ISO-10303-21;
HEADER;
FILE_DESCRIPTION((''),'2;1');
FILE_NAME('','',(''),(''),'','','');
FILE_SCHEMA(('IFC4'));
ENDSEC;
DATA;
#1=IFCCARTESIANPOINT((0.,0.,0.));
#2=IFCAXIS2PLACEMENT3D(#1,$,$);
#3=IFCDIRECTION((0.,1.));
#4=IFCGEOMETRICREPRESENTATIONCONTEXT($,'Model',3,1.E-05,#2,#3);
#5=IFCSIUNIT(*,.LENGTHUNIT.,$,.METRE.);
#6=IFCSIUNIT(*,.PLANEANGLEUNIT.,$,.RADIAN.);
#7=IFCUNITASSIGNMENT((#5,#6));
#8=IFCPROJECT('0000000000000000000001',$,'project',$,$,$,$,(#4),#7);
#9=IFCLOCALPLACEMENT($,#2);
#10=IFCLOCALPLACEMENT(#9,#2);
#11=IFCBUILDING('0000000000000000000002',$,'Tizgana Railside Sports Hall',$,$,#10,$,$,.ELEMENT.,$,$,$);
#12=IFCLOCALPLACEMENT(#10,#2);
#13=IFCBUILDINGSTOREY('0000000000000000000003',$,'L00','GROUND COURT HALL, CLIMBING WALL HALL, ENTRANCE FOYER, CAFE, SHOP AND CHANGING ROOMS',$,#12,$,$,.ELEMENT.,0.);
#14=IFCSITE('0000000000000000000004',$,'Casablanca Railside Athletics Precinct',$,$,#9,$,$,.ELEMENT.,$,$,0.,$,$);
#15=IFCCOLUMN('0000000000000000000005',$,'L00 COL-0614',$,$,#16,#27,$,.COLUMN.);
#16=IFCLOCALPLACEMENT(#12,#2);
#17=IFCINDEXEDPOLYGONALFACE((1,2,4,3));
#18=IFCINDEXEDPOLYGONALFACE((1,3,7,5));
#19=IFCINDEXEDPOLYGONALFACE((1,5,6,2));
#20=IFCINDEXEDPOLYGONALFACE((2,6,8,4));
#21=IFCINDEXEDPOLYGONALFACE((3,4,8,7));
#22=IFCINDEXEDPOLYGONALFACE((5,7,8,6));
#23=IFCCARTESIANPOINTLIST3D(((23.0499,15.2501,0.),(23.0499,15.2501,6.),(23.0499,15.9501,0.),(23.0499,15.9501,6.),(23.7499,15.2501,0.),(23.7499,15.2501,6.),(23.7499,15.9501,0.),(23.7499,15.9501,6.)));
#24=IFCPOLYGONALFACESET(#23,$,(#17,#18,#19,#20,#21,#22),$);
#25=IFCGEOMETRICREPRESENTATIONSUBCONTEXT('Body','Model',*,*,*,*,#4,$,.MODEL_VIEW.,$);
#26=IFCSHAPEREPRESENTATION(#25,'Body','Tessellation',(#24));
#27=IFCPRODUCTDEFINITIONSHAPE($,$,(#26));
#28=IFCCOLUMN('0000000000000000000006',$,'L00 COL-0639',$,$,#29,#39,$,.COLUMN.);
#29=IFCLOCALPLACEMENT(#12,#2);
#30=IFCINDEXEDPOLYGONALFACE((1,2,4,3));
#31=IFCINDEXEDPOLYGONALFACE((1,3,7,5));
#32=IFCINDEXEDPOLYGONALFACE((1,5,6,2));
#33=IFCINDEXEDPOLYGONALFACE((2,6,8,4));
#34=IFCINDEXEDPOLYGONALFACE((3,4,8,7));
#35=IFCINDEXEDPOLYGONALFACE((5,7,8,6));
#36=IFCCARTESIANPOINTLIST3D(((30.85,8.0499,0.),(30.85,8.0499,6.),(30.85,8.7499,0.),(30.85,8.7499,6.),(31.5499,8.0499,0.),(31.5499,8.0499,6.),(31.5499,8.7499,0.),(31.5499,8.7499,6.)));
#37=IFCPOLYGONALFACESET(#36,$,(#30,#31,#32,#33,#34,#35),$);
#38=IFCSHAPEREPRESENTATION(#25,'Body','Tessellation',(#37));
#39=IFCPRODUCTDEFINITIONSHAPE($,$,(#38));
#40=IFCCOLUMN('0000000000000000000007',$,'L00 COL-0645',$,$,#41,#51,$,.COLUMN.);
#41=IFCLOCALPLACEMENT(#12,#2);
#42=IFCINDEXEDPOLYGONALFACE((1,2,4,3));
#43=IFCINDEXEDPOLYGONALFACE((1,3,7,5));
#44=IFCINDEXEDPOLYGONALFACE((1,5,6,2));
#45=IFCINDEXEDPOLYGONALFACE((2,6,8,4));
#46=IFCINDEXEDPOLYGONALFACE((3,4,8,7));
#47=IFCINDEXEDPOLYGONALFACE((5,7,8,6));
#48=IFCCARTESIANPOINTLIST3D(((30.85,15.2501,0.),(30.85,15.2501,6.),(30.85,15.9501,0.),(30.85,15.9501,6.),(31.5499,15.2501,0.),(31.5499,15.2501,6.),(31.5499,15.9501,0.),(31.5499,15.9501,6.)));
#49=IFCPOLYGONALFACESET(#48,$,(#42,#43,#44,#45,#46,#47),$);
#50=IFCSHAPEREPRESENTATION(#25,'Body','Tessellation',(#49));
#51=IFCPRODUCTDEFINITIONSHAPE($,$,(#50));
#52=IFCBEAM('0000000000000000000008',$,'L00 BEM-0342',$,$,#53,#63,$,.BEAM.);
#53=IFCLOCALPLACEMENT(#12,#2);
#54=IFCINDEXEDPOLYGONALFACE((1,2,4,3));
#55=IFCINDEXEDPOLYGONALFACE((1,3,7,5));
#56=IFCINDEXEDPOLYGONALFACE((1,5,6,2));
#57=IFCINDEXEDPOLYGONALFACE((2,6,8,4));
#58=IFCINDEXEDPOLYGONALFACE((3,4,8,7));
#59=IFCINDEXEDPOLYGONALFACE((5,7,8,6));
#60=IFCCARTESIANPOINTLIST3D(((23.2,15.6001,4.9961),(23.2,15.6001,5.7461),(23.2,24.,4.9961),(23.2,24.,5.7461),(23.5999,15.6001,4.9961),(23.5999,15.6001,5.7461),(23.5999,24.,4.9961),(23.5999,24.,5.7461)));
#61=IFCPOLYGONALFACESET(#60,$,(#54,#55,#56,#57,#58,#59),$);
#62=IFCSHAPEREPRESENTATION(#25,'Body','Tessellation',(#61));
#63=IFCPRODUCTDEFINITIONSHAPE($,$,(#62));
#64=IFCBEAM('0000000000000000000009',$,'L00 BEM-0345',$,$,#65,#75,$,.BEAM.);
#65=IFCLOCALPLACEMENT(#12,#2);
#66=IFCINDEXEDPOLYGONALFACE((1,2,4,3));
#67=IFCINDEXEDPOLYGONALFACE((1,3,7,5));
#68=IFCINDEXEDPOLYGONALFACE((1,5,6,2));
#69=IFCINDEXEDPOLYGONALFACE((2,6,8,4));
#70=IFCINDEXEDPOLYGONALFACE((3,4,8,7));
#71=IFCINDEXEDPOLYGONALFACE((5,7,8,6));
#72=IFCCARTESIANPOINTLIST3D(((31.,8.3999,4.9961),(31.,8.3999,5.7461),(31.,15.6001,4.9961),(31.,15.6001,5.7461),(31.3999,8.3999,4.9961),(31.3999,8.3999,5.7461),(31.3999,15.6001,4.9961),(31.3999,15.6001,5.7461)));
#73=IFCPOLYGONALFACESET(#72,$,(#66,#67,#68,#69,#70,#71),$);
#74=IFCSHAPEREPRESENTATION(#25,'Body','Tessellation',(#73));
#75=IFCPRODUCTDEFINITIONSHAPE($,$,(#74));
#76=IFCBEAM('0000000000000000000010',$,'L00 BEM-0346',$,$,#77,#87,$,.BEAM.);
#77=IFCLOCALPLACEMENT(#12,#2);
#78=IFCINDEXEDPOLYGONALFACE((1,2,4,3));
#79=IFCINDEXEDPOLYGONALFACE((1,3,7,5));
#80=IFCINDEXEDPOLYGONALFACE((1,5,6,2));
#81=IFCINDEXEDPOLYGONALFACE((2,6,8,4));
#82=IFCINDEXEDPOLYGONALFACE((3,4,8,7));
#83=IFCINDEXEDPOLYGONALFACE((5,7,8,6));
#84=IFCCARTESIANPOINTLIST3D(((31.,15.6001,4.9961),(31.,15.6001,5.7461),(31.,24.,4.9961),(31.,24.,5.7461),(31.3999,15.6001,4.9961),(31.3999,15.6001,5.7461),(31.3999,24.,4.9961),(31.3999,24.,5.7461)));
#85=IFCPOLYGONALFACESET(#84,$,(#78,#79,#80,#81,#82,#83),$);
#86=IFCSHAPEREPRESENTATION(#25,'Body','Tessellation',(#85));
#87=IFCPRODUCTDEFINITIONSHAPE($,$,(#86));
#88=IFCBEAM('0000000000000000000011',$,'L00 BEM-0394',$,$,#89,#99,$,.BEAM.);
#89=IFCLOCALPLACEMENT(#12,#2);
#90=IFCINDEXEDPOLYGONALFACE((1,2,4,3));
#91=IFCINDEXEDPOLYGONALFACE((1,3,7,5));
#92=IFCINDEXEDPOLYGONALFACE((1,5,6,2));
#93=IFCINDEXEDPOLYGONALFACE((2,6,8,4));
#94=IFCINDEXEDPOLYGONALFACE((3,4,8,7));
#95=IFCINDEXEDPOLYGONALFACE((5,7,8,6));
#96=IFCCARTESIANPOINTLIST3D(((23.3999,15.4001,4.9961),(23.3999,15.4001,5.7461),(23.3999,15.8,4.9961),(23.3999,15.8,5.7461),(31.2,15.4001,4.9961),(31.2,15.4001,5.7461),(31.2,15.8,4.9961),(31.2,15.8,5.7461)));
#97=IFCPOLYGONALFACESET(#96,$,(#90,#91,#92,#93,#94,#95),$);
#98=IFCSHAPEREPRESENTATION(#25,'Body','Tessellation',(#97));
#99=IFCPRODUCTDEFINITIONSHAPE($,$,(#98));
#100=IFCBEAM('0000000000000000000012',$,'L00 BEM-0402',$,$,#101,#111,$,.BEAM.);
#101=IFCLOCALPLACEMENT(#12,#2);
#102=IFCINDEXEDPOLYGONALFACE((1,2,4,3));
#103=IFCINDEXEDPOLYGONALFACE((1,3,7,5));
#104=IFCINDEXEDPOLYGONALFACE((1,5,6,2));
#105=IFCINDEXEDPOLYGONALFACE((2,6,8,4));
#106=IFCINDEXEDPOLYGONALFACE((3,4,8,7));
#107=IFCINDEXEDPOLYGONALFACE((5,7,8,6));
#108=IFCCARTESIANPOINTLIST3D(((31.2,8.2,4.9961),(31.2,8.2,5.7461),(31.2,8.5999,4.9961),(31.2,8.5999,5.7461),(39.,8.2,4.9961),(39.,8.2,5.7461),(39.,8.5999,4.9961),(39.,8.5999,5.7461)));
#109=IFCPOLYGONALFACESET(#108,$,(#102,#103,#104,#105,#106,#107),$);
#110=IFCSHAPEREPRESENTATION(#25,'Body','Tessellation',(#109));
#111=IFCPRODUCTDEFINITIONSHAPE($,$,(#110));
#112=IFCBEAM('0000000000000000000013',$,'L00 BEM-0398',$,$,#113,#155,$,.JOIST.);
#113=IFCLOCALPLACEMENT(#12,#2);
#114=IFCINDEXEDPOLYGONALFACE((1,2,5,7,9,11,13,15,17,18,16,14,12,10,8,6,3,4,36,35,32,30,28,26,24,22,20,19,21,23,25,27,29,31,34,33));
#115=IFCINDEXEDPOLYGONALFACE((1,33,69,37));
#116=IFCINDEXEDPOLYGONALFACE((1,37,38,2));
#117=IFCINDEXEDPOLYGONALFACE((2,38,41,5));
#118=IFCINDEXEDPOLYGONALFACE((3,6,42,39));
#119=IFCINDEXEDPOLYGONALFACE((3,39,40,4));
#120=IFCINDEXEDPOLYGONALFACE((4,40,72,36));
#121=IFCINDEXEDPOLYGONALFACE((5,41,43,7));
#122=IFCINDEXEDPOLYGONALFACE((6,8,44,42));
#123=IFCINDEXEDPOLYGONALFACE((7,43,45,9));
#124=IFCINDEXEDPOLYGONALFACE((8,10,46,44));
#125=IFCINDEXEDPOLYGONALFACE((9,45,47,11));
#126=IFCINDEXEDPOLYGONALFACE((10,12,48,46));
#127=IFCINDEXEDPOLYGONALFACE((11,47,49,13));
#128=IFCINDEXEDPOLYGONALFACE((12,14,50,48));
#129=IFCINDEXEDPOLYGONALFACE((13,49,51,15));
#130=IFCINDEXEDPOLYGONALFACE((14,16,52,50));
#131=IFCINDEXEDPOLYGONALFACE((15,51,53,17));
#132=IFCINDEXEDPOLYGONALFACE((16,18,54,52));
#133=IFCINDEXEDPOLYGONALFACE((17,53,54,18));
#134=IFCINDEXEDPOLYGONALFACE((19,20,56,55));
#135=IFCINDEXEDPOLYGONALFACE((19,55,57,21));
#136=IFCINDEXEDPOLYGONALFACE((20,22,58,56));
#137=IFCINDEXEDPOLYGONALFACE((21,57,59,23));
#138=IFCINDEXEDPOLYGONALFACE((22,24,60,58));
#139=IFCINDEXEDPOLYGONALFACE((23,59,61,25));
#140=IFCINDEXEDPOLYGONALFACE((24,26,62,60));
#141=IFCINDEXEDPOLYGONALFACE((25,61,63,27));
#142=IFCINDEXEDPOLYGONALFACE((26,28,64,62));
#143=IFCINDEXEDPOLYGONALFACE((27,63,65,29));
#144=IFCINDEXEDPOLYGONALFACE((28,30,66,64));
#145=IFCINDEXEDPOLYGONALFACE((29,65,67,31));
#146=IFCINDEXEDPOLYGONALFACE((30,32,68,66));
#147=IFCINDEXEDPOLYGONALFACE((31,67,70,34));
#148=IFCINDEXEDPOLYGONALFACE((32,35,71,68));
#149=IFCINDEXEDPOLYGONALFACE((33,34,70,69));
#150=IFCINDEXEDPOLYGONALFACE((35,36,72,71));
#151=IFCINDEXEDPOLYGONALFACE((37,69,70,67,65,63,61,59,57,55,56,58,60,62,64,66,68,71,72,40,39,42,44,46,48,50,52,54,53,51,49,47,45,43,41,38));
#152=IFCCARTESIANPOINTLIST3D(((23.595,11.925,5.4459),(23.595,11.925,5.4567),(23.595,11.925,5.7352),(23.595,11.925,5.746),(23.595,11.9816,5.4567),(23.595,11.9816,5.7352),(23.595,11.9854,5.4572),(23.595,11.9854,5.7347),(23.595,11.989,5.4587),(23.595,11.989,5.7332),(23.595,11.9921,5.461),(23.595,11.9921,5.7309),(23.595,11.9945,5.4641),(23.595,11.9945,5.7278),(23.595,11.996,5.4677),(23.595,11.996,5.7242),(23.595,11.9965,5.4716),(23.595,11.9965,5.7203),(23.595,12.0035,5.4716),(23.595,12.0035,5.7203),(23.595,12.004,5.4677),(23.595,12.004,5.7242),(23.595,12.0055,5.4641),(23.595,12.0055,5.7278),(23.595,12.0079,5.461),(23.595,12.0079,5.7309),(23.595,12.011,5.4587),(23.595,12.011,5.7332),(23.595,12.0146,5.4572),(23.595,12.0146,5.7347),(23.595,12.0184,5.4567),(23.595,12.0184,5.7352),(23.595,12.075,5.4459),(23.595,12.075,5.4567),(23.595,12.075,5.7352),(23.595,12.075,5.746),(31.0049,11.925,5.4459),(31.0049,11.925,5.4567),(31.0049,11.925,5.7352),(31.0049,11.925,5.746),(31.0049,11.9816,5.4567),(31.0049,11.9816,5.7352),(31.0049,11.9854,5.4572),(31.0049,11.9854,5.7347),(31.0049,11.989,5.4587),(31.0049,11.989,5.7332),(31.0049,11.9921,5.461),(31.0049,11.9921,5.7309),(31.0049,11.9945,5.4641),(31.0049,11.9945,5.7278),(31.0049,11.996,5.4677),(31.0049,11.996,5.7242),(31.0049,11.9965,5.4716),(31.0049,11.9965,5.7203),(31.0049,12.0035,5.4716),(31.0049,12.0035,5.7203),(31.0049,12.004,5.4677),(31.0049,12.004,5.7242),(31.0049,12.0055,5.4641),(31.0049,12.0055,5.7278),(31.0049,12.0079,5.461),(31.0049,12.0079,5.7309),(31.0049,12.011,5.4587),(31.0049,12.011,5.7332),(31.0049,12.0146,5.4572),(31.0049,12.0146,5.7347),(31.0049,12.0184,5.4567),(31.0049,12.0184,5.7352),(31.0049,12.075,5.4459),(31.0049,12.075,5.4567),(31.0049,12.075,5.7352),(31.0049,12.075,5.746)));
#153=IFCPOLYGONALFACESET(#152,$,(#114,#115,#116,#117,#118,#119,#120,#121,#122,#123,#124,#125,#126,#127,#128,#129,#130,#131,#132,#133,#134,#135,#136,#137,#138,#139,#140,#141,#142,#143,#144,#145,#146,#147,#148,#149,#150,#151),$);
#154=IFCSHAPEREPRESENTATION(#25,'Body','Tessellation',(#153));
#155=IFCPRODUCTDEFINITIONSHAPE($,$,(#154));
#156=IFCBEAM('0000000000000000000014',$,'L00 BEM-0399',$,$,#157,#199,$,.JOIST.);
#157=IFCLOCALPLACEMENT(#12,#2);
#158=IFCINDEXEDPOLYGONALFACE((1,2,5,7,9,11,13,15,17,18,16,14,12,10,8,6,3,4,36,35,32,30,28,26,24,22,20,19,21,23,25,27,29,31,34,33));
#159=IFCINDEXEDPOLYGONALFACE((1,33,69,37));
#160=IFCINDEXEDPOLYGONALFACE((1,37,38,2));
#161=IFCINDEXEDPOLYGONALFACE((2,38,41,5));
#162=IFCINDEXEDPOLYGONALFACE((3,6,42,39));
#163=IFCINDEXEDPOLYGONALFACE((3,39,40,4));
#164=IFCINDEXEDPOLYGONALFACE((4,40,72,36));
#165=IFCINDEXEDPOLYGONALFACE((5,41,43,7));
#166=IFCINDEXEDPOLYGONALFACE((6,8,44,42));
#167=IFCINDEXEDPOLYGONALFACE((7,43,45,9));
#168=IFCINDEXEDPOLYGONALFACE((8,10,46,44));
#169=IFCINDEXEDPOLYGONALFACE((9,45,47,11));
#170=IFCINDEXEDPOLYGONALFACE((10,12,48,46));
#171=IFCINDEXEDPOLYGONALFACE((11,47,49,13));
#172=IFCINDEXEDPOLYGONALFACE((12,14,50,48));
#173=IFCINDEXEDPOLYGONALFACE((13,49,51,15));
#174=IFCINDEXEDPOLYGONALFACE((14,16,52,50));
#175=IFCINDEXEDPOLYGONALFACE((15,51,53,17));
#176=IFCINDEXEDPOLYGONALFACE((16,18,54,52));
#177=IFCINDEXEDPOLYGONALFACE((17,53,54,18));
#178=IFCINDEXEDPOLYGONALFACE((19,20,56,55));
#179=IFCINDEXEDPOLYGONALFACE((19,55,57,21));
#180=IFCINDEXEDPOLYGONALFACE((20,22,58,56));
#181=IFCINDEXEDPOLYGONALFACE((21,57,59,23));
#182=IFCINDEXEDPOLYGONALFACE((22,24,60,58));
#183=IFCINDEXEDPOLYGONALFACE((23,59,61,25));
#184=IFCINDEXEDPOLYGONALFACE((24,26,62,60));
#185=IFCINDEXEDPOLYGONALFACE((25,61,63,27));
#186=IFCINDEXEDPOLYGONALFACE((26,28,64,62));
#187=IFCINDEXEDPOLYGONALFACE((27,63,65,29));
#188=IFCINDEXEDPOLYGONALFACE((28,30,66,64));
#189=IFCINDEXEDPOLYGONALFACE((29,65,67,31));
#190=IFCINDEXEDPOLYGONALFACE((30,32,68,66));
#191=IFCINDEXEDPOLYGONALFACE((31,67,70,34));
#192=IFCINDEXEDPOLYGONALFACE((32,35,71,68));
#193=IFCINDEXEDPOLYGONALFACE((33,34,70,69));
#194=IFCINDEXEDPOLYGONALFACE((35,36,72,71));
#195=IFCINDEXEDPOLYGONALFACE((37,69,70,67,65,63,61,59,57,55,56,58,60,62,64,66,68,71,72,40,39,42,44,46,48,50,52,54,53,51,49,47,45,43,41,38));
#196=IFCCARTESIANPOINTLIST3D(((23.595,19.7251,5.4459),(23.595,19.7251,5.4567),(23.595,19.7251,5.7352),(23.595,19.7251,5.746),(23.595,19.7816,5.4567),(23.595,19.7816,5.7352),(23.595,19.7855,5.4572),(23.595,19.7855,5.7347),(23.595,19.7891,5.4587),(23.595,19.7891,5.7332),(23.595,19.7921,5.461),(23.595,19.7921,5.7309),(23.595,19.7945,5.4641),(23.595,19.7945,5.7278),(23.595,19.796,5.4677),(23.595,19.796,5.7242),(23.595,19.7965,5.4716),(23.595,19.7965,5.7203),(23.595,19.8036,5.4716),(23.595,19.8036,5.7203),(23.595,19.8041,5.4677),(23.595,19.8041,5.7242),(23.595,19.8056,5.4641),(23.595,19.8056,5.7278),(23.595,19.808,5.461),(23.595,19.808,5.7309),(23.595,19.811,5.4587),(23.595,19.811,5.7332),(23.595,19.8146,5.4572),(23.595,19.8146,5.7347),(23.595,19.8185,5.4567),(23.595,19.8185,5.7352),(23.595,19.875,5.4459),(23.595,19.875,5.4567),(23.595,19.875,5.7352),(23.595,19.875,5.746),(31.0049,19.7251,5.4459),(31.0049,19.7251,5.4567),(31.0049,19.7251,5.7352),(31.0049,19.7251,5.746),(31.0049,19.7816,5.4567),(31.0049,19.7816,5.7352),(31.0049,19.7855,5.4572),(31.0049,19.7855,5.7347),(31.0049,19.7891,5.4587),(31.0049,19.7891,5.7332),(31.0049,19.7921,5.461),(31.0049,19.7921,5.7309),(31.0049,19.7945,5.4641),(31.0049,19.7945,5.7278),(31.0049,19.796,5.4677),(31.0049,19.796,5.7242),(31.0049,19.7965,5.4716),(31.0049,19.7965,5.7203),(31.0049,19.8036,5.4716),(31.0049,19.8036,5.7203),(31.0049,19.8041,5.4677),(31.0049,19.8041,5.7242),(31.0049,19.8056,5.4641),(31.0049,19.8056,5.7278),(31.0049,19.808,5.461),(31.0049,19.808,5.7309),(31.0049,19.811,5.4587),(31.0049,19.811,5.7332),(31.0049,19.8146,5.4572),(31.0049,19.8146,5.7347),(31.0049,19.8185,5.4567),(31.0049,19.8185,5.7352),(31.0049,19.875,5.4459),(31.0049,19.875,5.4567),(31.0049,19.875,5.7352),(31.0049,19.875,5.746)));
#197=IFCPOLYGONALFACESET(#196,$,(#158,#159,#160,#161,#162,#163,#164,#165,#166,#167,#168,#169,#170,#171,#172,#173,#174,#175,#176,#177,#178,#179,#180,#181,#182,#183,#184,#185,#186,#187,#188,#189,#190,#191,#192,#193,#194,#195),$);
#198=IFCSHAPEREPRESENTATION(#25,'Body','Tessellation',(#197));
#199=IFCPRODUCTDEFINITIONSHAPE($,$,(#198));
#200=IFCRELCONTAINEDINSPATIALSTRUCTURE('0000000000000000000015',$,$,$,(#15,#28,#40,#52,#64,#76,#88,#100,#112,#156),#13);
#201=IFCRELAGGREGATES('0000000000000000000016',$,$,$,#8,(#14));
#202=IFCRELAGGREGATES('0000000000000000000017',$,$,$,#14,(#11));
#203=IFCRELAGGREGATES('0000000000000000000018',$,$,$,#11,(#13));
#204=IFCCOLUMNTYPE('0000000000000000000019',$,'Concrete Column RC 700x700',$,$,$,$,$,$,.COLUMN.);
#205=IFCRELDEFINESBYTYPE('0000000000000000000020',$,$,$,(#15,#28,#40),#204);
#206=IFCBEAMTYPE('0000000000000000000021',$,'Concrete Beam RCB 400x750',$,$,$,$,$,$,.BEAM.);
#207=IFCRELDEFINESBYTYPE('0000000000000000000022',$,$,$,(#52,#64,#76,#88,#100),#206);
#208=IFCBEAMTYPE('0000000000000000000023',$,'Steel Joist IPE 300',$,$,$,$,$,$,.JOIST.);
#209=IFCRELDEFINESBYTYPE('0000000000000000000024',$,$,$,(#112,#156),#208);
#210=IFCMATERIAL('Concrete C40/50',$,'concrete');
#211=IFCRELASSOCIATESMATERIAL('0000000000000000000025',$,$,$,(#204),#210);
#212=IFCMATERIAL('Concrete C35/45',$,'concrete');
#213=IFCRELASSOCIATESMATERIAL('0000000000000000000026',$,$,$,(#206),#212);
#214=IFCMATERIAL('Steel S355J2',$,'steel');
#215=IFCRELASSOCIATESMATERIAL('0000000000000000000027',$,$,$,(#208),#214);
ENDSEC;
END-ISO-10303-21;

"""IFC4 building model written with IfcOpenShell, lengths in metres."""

from ifc_helpers import new_model, si_unit, direction, frame, origin, origin_2d, place, context, subcontext, project, spatial, rectangle, i_section, extrude, material, material_profile, profile_set, type_object, element, save


model = new_model("IFC4")

# Units and contexts
model_context = context("Model", 3, precision=1e-05, world=origin(), true_north=direction((0.0, 1.0)))
body_context = subcontext(model_context, "Body", "Model", "MODEL_VIEW")
ifc_project = project(units=[si_unit("LENGTHUNIT", "METRE"), si_unit("PLANEANGLEUNIT", "RADIAN")], contexts=[model_context])

# Site, building, storey
site_placement = place(None, origin())
site = spatial("IfcSite", under=ifc_project, at=site_placement, Name="Casablanca Railside Athletics Precinct", CompositionType="ELEMENT", RefElevation=0.0)
building_placement = place(site_placement, origin())
building = spatial("IfcBuilding", under=site, at=building_placement, Name="Tizgana Railside Sports Hall", CompositionType="ELEMENT")
storey_placement = place(building_placement, origin())
storey = spatial("IfcBuildingStorey", under=building, at=storey_placement, Name="L00", Description="GROUND COURT HALL, CLIMBING WALL HALL, ENTRANCE FOYER, CAFE, SHOP AND CHANGING ROOMS", CompositionType="ELEMENT", Elevation=0.0)

# Columns
ifc_material_1 = material(Name="Concrete C40/50", Category="concrete")
ifc_material_profile_1 = material_profile(ifc_material_1, rectangle(XDim=0.7, YDim=0.7, at=origin_2d()), Name="RC 700x700")
ifc_profile_set_1 = profile_set([ifc_material_profile_1], Name="Concrete C40/50")
column_type = type_object("IfcColumnType", Name="Concrete Column RC 700x700", PredefinedType="COLUMN", material=ifc_profile_set_1)
for number, where, z_axis, x_axis, name in (
    (1, (23.3999, 15.6001, 0.0), (0.0, 0.0, 1.0), (1.0, 0.0, 0.0), "L00 COL-0614"),
    (2, (31.2, 8.3999, 0.0), (0.0, 0.0, 1.0), (1.0, 0.0, 0.0), "L00 COL-0639"),
    (3, (31.2, 15.6001, 0.0), (0.0, 0.0, 1.0), (1.0, 0.0, 0.0), "L00 COL-0645"),
):
    element("IfcColumn", number, at=place(storey_placement, frame(where, z_axis=z_axis, x_axis=x_axis)), inside=storey, type_object=column_type, Name=name, PredefinedType="COLUMN", context=body_context, shape_type="SweptSolid", body=[
        extrude(rectangle(XDim=0.7, YDim=0.7, at=origin_2d()), origin(), (0.0, 0.0, 1.0), 6.0),
    ])

# Beams
ifc_material_2 = material(Name="Concrete C35/45", Category="concrete")
ifc_material_profile_2 = material_profile(ifc_material_2, rectangle(XDim=0.3999, YDim=0.75, at=origin_2d()), Name="RCB 400x750")
ifc_profile_set_2 = profile_set([ifc_material_profile_2], Name="Concrete C35/45")
beam_type_1 = type_object("IfcBeamType", Name="Concrete Beam RCB 400x750", PredefinedType="BEAM", material=ifc_profile_set_2)
beam_1_placement = place(storey_placement, frame((23.3999, 15.6001, 5.3711), z_axis=(0.0, 1.0, 0.0), x_axis=(-1.0, 0.0, 0.0)))
element("IfcBeam", 4, at=beam_1_placement, inside=storey, type_object=beam_type_1, Name="L00 BEM-0342", PredefinedType="BEAM", context=body_context, shape_type="SweptSolid", body=[
    extrude(rectangle(XDim=0.3999, YDim=0.75, at=origin_2d()), origin(), (0.0, 0.0, 1.0), 8.3999),
])
beam_2_placement = place(storey_placement, frame((31.2, 8.3999, 5.3711), z_axis=(0.0, 1.0, 0.0), x_axis=(-1.0, 0.0, 0.0)))
element("IfcBeam", 5, at=beam_2_placement, inside=storey, type_object=beam_type_1, Name="L00 BEM-0345", PredefinedType="BEAM", context=body_context, shape_type="SweptSolid", body=[
    extrude(rectangle(XDim=0.3999, YDim=0.75, at=origin_2d()), origin(), (0.0, 0.0, 1.0), 7.2002),
])
beam_3_placement = place(storey_placement, frame((31.2, 15.6001, 5.3711), z_axis=(0.0, 1.0, 0.0), x_axis=(-1.0, 0.0, 0.0)))
element("IfcBeam", 6, at=beam_3_placement, inside=storey, type_object=beam_type_1, Name="L00 BEM-0346", PredefinedType="BEAM", context=body_context, shape_type="SweptSolid", body=[
    extrude(rectangle(XDim=0.3999, YDim=0.75, at=origin_2d()), origin(), (0.0, 0.0, 1.0), 8.3999),
])
for number, where, z_axis, x_axis, name in (
    (7, (23.3999, 15.6001, 5.3711), (1.0, 0.0, 0.0), (0.0, 1.0, 0.0), "L00 BEM-0394"),
    (8, (31.2, 8.3999, 5.3711), (1.0, 0.0, 0.0), (0.0, 1.0, 0.0), "L00 BEM-0402"),
):
    element("IfcBeam", number, at=place(storey_placement, frame(where, z_axis=z_axis, x_axis=x_axis)), inside=storey, type_object=beam_type_1, Name=name, PredefinedType="BEAM", context=body_context, shape_type="SweptSolid", body=[
        extrude(rectangle(XDim=0.3999, YDim=0.75, at=origin_2d()), origin(), (0.0, 0.0, 1.0), 7.8),
    ])
ifc_material_3 = material(Name="Steel S355J2", Category="steel")
ifc_material_profile_3 = material_profile(ifc_material_3, i_section(OverallWidth=0.1499, OverallDepth=0.3, WebThickness=0.0071, FlangeThickness=0.0107, FilletRadius=0.0149, at=origin_2d()), Name="IPE 300")
ifc_profile_set_3 = profile_set([ifc_material_profile_3], Name="Steel S355J2")
beam_type_2 = type_object("IfcBeamType", Name="Steel Joist IPE 300", PredefinedType="JOIST", material=ifc_profile_set_3)
for number, where, z_axis, x_axis, name in (
    (9, (23.595, 12.0, 5.5959), (1.0, 0.0, 0.0), (0.0, 1.0, 0.0), "L00 BEM-0398"),
    (10, (23.595, 19.8, 5.5959), (1.0, 0.0, 0.0), (0.0, 1.0, 0.0), "L00 BEM-0399"),
):
    element("IfcBeam", number, at=place(storey_placement, frame(where, z_axis=z_axis, x_axis=x_axis)), inside=storey, type_object=beam_type_2, Name=name, PredefinedType="JOIST", context=body_context, shape_type="SweptSolid", body=[
        extrude(i_section(OverallWidth=0.1499, OverallDepth=0.3, WebThickness=0.0071, FlangeThickness=0.0107, FilletRadius=0.0149, at=origin_2d()), origin(), (0.0, 0.0, 1.0), 7.4099),
    ])

save(model, "model.ifc")
